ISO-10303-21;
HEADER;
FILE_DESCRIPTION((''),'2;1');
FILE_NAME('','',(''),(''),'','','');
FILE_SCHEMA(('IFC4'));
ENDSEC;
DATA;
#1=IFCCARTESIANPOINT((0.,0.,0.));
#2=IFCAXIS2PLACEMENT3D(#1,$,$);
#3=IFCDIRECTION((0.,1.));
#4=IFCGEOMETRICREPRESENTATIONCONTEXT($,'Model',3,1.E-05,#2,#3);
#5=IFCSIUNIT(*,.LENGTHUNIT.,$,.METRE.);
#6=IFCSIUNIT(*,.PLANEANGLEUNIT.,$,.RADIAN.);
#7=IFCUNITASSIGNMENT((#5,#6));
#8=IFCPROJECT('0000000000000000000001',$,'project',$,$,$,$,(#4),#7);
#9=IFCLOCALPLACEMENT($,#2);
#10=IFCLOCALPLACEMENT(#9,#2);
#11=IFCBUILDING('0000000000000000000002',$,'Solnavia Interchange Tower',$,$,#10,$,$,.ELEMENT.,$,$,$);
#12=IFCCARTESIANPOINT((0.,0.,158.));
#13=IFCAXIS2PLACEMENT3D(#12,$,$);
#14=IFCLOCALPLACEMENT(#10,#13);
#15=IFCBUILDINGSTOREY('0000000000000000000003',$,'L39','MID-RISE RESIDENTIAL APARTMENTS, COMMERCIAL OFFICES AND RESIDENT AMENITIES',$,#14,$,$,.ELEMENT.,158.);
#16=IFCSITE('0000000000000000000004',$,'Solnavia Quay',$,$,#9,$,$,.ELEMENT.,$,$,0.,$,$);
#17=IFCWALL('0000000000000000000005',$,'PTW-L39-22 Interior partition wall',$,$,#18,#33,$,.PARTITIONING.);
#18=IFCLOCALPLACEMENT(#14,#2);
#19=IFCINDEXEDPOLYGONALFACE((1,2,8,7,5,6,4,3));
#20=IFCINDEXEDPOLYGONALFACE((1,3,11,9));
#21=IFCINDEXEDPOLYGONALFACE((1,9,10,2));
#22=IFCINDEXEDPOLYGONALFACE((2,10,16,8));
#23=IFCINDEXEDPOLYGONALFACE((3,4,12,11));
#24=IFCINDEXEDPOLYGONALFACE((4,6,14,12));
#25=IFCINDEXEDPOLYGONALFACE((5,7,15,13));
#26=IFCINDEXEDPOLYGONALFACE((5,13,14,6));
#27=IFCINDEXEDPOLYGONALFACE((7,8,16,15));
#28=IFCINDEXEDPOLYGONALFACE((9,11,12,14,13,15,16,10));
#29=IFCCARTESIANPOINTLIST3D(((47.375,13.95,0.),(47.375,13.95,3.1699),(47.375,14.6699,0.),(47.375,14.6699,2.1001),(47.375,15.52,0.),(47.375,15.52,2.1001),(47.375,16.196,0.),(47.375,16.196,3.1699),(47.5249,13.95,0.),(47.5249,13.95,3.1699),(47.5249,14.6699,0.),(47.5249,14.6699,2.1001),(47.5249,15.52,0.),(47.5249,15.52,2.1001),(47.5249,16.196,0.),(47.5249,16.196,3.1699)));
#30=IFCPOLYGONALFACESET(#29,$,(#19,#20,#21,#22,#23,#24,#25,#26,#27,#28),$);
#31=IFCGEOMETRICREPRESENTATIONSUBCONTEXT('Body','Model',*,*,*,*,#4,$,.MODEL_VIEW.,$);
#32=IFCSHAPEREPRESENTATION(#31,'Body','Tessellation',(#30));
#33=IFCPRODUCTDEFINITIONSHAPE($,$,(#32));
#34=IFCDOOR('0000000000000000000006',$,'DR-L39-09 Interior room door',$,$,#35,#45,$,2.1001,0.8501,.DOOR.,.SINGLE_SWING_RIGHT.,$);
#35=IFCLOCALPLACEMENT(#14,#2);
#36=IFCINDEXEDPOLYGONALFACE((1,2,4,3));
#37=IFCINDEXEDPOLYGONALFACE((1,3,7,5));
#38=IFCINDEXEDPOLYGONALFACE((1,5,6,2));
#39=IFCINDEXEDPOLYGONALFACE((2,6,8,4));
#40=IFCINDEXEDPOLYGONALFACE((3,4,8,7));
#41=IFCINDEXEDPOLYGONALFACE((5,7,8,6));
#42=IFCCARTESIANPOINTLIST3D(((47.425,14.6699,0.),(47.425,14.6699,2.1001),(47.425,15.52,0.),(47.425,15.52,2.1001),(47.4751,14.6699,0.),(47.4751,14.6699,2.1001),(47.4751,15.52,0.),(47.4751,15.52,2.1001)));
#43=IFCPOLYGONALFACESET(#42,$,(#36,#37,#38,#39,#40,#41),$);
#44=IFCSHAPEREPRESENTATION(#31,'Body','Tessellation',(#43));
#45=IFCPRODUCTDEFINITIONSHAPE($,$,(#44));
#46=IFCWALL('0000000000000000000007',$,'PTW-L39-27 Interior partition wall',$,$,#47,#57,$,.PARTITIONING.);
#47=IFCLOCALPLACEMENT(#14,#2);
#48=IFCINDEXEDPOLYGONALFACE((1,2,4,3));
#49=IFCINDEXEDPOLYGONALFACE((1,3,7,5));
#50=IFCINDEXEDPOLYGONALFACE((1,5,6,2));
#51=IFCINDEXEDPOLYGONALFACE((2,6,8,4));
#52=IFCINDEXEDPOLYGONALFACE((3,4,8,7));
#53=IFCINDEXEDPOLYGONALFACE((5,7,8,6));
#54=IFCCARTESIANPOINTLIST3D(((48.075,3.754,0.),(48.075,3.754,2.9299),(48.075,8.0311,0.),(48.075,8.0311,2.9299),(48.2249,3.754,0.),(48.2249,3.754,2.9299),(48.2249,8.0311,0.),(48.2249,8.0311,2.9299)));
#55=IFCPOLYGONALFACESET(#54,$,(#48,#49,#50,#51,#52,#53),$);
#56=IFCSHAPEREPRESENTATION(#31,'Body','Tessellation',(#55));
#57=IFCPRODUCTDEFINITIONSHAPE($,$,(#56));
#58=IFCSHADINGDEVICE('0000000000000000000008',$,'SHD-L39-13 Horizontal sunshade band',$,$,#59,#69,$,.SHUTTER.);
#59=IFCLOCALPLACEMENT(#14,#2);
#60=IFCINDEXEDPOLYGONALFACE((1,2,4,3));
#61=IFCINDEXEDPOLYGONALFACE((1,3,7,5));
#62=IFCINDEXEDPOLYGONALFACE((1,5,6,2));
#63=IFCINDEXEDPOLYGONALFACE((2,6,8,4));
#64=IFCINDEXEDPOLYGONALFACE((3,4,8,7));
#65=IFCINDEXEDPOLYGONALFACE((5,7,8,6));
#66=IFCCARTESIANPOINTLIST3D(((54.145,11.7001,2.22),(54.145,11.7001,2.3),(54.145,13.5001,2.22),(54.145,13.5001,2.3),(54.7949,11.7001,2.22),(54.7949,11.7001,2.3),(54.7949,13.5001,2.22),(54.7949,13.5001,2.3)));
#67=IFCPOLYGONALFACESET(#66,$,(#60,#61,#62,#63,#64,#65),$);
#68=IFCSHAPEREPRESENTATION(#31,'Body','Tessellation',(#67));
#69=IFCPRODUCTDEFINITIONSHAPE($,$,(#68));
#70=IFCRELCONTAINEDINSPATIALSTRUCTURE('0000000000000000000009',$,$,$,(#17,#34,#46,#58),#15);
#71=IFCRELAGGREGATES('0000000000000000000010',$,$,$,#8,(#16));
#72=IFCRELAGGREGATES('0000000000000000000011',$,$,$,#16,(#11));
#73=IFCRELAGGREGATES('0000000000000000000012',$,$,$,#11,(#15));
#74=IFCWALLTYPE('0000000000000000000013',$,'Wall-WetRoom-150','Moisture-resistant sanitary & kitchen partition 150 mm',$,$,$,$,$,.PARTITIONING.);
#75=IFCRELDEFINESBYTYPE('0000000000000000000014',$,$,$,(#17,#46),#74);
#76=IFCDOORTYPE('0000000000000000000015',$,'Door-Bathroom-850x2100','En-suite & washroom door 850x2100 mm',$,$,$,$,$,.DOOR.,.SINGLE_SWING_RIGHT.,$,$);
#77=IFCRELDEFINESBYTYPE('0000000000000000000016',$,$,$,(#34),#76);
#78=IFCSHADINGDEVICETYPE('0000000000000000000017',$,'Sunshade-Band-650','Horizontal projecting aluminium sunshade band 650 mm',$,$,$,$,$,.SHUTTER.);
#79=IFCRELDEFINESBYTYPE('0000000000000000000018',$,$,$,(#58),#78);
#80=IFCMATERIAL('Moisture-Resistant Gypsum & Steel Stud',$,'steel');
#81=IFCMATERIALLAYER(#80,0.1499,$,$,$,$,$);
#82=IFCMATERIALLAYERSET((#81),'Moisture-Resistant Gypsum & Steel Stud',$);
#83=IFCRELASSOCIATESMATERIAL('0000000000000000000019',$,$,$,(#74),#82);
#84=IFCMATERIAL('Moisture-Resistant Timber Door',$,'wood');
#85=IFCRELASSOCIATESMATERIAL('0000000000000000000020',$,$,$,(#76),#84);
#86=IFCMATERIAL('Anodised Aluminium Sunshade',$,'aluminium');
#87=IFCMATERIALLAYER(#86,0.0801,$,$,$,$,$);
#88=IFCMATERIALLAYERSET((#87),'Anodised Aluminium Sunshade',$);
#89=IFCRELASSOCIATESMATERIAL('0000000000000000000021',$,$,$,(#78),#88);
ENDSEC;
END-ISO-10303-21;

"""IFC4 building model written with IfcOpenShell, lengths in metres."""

from ifc_helpers import new_model, si_unit, direction, frame, frame_2d, origin, origin_2d, place, context, subcontext, project, spatial, rectangle, extrude, material, layer, layer_set, type_object, element, fill, save


model = new_model("IFC4")

# Units and contexts
model_context = context("Model", 3, precision=1e-05, world=origin(), true_north=direction((0.0, 1.0)))
body_context = subcontext(model_context, "Body", "Model", "MODEL_VIEW")
ifc_project = project(units=[si_unit("LENGTHUNIT", "METRE"), si_unit("PLANEANGLEUNIT", "RADIAN")], contexts=[model_context])

# Site, building, storey
site_placement = place(None, origin())
site = spatial("IfcSite", under=ifc_project, at=site_placement, Name="Solnavia Quay", CompositionType="ELEMENT", RefElevation=0.0)
building_placement = place(site_placement, origin())
building = spatial("IfcBuilding", under=site, at=building_placement, Name="Solnavia Interchange Tower", CompositionType="ELEMENT")
storey_placement = place(building_placement, frame((0.0, 0.0, 158.0)))
storey = spatial("IfcBuildingStorey", under=building, at=storey_placement, Name="L39", Description="MID-RISE RESIDENTIAL APARTMENTS, COMMERCIAL OFFICES AND RESIDENT AMENITIES", CompositionType="ELEMENT", Elevation=158.0)

# Wall, opening, door
ifc_material_1 = material(Name="Moisture-Resistant Gypsum & Steel Stud", Category="steel")
ifc_layer_1 = layer(ifc_material_1, 0.1499)
ifc_layer_set_1 = layer_set([ifc_layer_1], Name="Moisture-Resistant Gypsum & Steel Stud")
wall_type_1 = type_object("IfcWallType", Name="Wall-WetRoom-150", Description="Moisture-resistant sanitary & kitchen partition 150 mm", PredefinedType="PARTITIONING", material=ifc_layer_set_1)
wall_1_placement = place(storey_placement, frame((47.45, 13.95, 0.0), z_axis=(0.0, 0.0, 1.0), x_axis=(0.0, 1.0, 0.0)))
wall_1 = element("IfcWall", 1, at=wall_1_placement, inside=storey, type_object=wall_type_1, Name="PTW-L39-22 Interior partition wall", PredefinedType="PARTITIONING", context=body_context, shape_type="SweptSolid", body=[
    extrude(rectangle(XDim=2.2461, YDim=0.1499, at=frame_2d((1.123, 0.0))), origin(), (0.0, 0.0, 1.0), 3.1699),
])
opening_1_placement = place(wall_1_placement, frame((0.72, 0.0, 0.0)))
opening_1 = element("IfcOpeningElement", 2, at=opening_1_placement, cuts=wall_1, PredefinedType="OPENING", context=body_context, shape_type="SweptSolid", body=[
    extrude(rectangle(XDim=0.8501, YDim=2.1001, at=frame_2d((0.425, 1.05))), frame((0.0, 0.085, 0.0), z_axis=(0.0, -1.0, 0.0), x_axis=(1.0, 0.0, 0.0)), (0.0, 0.0, 1.0), 0.1699),
])
ifc_material_2 = material(Name="Moisture-Resistant Timber Door", Category="wood")
door_type_1 = type_object("IfcDoorType", Name="Door-Bathroom-850x2100", Description="En-suite & washroom door 850x2100 mm", OperationType="SINGLE_SWING_RIGHT", PredefinedType="DOOR", material=ifc_material_2)
door_1_placement = place(opening_1_placement, origin())
door_1 = element("IfcDoor", 3, at=door_1_placement, inside=storey, type_object=door_type_1, Name="DR-L39-09 Interior room door", OperationType="SINGLE_SWING_RIGHT", OverallHeight=2.1001, OverallWidth=0.8501, PredefinedType="DOOR", context=body_context, shape_type="SweptSolid", body=[
    extrude(rectangle(XDim=0.8501, YDim=2.1001, at=frame_2d((0.425, 1.05))), frame((0.0, 0.0249, 0.0), z_axis=(0.0, -1.0, 0.0), x_axis=(1.0, 0.0, 0.0)), (0.0, 0.0, 1.0), 0.05),
])
fill(opening_1, door_1)

# Wall
wall_2_placement = place(storey_placement, frame((48.1499, 3.7539, 0.0), z_axis=(0.0, 0.0, 1.0), x_axis=(0.0, 1.0, 0.0)))
element("IfcWall", 4, at=wall_2_placement, inside=storey, type_object=wall_type_1, Name="PTW-L39-27 Interior partition wall", PredefinedType="PARTITIONING", context=body_context, shape_type="SweptSolid", body=[
    extrude(rectangle(XDim=4.2771, YDim=0.1499, at=frame_2d((2.1387, 0.0))), origin(), (0.0, 0.0, 1.0), 2.9299),
])

# Shading device
ifc_material_3 = material(Name="Anodised Aluminium Sunshade", Category="aluminium")
ifc_layer_2 = layer(ifc_material_3, 0.0801)
ifc_layer_set_2 = layer_set([ifc_layer_2], Name="Anodised Aluminium Sunshade")
shading_device_type = type_object("IfcShadingDeviceType", Name="Sunshade-Band-650", Description="Horizontal projecting aluminium sunshade band 650 mm", PredefinedType="SHUTTER", material=ifc_layer_set_2)
shading_device_placement = place(storey_placement, frame((54.47, 12.6001, 2.22), z_axis=(0.0, 0.0, 1.0), x_axis=(0.0, -1.0, 0.0)))
element("IfcShadingDevice", 5, at=shading_device_placement, inside=storey, type_object=shading_device_type, Name="SHD-L39-13 Horizontal sunshade band", PredefinedType="SHUTTER", context=body_context, shape_type="SweptSolid", body=[
    extrude(rectangle(XDim=1.8, YDim=0.6499, at=origin_2d()), origin(), (0.0, 0.0, 1.0), 0.0801),
])

save(model, "model.ifc")
